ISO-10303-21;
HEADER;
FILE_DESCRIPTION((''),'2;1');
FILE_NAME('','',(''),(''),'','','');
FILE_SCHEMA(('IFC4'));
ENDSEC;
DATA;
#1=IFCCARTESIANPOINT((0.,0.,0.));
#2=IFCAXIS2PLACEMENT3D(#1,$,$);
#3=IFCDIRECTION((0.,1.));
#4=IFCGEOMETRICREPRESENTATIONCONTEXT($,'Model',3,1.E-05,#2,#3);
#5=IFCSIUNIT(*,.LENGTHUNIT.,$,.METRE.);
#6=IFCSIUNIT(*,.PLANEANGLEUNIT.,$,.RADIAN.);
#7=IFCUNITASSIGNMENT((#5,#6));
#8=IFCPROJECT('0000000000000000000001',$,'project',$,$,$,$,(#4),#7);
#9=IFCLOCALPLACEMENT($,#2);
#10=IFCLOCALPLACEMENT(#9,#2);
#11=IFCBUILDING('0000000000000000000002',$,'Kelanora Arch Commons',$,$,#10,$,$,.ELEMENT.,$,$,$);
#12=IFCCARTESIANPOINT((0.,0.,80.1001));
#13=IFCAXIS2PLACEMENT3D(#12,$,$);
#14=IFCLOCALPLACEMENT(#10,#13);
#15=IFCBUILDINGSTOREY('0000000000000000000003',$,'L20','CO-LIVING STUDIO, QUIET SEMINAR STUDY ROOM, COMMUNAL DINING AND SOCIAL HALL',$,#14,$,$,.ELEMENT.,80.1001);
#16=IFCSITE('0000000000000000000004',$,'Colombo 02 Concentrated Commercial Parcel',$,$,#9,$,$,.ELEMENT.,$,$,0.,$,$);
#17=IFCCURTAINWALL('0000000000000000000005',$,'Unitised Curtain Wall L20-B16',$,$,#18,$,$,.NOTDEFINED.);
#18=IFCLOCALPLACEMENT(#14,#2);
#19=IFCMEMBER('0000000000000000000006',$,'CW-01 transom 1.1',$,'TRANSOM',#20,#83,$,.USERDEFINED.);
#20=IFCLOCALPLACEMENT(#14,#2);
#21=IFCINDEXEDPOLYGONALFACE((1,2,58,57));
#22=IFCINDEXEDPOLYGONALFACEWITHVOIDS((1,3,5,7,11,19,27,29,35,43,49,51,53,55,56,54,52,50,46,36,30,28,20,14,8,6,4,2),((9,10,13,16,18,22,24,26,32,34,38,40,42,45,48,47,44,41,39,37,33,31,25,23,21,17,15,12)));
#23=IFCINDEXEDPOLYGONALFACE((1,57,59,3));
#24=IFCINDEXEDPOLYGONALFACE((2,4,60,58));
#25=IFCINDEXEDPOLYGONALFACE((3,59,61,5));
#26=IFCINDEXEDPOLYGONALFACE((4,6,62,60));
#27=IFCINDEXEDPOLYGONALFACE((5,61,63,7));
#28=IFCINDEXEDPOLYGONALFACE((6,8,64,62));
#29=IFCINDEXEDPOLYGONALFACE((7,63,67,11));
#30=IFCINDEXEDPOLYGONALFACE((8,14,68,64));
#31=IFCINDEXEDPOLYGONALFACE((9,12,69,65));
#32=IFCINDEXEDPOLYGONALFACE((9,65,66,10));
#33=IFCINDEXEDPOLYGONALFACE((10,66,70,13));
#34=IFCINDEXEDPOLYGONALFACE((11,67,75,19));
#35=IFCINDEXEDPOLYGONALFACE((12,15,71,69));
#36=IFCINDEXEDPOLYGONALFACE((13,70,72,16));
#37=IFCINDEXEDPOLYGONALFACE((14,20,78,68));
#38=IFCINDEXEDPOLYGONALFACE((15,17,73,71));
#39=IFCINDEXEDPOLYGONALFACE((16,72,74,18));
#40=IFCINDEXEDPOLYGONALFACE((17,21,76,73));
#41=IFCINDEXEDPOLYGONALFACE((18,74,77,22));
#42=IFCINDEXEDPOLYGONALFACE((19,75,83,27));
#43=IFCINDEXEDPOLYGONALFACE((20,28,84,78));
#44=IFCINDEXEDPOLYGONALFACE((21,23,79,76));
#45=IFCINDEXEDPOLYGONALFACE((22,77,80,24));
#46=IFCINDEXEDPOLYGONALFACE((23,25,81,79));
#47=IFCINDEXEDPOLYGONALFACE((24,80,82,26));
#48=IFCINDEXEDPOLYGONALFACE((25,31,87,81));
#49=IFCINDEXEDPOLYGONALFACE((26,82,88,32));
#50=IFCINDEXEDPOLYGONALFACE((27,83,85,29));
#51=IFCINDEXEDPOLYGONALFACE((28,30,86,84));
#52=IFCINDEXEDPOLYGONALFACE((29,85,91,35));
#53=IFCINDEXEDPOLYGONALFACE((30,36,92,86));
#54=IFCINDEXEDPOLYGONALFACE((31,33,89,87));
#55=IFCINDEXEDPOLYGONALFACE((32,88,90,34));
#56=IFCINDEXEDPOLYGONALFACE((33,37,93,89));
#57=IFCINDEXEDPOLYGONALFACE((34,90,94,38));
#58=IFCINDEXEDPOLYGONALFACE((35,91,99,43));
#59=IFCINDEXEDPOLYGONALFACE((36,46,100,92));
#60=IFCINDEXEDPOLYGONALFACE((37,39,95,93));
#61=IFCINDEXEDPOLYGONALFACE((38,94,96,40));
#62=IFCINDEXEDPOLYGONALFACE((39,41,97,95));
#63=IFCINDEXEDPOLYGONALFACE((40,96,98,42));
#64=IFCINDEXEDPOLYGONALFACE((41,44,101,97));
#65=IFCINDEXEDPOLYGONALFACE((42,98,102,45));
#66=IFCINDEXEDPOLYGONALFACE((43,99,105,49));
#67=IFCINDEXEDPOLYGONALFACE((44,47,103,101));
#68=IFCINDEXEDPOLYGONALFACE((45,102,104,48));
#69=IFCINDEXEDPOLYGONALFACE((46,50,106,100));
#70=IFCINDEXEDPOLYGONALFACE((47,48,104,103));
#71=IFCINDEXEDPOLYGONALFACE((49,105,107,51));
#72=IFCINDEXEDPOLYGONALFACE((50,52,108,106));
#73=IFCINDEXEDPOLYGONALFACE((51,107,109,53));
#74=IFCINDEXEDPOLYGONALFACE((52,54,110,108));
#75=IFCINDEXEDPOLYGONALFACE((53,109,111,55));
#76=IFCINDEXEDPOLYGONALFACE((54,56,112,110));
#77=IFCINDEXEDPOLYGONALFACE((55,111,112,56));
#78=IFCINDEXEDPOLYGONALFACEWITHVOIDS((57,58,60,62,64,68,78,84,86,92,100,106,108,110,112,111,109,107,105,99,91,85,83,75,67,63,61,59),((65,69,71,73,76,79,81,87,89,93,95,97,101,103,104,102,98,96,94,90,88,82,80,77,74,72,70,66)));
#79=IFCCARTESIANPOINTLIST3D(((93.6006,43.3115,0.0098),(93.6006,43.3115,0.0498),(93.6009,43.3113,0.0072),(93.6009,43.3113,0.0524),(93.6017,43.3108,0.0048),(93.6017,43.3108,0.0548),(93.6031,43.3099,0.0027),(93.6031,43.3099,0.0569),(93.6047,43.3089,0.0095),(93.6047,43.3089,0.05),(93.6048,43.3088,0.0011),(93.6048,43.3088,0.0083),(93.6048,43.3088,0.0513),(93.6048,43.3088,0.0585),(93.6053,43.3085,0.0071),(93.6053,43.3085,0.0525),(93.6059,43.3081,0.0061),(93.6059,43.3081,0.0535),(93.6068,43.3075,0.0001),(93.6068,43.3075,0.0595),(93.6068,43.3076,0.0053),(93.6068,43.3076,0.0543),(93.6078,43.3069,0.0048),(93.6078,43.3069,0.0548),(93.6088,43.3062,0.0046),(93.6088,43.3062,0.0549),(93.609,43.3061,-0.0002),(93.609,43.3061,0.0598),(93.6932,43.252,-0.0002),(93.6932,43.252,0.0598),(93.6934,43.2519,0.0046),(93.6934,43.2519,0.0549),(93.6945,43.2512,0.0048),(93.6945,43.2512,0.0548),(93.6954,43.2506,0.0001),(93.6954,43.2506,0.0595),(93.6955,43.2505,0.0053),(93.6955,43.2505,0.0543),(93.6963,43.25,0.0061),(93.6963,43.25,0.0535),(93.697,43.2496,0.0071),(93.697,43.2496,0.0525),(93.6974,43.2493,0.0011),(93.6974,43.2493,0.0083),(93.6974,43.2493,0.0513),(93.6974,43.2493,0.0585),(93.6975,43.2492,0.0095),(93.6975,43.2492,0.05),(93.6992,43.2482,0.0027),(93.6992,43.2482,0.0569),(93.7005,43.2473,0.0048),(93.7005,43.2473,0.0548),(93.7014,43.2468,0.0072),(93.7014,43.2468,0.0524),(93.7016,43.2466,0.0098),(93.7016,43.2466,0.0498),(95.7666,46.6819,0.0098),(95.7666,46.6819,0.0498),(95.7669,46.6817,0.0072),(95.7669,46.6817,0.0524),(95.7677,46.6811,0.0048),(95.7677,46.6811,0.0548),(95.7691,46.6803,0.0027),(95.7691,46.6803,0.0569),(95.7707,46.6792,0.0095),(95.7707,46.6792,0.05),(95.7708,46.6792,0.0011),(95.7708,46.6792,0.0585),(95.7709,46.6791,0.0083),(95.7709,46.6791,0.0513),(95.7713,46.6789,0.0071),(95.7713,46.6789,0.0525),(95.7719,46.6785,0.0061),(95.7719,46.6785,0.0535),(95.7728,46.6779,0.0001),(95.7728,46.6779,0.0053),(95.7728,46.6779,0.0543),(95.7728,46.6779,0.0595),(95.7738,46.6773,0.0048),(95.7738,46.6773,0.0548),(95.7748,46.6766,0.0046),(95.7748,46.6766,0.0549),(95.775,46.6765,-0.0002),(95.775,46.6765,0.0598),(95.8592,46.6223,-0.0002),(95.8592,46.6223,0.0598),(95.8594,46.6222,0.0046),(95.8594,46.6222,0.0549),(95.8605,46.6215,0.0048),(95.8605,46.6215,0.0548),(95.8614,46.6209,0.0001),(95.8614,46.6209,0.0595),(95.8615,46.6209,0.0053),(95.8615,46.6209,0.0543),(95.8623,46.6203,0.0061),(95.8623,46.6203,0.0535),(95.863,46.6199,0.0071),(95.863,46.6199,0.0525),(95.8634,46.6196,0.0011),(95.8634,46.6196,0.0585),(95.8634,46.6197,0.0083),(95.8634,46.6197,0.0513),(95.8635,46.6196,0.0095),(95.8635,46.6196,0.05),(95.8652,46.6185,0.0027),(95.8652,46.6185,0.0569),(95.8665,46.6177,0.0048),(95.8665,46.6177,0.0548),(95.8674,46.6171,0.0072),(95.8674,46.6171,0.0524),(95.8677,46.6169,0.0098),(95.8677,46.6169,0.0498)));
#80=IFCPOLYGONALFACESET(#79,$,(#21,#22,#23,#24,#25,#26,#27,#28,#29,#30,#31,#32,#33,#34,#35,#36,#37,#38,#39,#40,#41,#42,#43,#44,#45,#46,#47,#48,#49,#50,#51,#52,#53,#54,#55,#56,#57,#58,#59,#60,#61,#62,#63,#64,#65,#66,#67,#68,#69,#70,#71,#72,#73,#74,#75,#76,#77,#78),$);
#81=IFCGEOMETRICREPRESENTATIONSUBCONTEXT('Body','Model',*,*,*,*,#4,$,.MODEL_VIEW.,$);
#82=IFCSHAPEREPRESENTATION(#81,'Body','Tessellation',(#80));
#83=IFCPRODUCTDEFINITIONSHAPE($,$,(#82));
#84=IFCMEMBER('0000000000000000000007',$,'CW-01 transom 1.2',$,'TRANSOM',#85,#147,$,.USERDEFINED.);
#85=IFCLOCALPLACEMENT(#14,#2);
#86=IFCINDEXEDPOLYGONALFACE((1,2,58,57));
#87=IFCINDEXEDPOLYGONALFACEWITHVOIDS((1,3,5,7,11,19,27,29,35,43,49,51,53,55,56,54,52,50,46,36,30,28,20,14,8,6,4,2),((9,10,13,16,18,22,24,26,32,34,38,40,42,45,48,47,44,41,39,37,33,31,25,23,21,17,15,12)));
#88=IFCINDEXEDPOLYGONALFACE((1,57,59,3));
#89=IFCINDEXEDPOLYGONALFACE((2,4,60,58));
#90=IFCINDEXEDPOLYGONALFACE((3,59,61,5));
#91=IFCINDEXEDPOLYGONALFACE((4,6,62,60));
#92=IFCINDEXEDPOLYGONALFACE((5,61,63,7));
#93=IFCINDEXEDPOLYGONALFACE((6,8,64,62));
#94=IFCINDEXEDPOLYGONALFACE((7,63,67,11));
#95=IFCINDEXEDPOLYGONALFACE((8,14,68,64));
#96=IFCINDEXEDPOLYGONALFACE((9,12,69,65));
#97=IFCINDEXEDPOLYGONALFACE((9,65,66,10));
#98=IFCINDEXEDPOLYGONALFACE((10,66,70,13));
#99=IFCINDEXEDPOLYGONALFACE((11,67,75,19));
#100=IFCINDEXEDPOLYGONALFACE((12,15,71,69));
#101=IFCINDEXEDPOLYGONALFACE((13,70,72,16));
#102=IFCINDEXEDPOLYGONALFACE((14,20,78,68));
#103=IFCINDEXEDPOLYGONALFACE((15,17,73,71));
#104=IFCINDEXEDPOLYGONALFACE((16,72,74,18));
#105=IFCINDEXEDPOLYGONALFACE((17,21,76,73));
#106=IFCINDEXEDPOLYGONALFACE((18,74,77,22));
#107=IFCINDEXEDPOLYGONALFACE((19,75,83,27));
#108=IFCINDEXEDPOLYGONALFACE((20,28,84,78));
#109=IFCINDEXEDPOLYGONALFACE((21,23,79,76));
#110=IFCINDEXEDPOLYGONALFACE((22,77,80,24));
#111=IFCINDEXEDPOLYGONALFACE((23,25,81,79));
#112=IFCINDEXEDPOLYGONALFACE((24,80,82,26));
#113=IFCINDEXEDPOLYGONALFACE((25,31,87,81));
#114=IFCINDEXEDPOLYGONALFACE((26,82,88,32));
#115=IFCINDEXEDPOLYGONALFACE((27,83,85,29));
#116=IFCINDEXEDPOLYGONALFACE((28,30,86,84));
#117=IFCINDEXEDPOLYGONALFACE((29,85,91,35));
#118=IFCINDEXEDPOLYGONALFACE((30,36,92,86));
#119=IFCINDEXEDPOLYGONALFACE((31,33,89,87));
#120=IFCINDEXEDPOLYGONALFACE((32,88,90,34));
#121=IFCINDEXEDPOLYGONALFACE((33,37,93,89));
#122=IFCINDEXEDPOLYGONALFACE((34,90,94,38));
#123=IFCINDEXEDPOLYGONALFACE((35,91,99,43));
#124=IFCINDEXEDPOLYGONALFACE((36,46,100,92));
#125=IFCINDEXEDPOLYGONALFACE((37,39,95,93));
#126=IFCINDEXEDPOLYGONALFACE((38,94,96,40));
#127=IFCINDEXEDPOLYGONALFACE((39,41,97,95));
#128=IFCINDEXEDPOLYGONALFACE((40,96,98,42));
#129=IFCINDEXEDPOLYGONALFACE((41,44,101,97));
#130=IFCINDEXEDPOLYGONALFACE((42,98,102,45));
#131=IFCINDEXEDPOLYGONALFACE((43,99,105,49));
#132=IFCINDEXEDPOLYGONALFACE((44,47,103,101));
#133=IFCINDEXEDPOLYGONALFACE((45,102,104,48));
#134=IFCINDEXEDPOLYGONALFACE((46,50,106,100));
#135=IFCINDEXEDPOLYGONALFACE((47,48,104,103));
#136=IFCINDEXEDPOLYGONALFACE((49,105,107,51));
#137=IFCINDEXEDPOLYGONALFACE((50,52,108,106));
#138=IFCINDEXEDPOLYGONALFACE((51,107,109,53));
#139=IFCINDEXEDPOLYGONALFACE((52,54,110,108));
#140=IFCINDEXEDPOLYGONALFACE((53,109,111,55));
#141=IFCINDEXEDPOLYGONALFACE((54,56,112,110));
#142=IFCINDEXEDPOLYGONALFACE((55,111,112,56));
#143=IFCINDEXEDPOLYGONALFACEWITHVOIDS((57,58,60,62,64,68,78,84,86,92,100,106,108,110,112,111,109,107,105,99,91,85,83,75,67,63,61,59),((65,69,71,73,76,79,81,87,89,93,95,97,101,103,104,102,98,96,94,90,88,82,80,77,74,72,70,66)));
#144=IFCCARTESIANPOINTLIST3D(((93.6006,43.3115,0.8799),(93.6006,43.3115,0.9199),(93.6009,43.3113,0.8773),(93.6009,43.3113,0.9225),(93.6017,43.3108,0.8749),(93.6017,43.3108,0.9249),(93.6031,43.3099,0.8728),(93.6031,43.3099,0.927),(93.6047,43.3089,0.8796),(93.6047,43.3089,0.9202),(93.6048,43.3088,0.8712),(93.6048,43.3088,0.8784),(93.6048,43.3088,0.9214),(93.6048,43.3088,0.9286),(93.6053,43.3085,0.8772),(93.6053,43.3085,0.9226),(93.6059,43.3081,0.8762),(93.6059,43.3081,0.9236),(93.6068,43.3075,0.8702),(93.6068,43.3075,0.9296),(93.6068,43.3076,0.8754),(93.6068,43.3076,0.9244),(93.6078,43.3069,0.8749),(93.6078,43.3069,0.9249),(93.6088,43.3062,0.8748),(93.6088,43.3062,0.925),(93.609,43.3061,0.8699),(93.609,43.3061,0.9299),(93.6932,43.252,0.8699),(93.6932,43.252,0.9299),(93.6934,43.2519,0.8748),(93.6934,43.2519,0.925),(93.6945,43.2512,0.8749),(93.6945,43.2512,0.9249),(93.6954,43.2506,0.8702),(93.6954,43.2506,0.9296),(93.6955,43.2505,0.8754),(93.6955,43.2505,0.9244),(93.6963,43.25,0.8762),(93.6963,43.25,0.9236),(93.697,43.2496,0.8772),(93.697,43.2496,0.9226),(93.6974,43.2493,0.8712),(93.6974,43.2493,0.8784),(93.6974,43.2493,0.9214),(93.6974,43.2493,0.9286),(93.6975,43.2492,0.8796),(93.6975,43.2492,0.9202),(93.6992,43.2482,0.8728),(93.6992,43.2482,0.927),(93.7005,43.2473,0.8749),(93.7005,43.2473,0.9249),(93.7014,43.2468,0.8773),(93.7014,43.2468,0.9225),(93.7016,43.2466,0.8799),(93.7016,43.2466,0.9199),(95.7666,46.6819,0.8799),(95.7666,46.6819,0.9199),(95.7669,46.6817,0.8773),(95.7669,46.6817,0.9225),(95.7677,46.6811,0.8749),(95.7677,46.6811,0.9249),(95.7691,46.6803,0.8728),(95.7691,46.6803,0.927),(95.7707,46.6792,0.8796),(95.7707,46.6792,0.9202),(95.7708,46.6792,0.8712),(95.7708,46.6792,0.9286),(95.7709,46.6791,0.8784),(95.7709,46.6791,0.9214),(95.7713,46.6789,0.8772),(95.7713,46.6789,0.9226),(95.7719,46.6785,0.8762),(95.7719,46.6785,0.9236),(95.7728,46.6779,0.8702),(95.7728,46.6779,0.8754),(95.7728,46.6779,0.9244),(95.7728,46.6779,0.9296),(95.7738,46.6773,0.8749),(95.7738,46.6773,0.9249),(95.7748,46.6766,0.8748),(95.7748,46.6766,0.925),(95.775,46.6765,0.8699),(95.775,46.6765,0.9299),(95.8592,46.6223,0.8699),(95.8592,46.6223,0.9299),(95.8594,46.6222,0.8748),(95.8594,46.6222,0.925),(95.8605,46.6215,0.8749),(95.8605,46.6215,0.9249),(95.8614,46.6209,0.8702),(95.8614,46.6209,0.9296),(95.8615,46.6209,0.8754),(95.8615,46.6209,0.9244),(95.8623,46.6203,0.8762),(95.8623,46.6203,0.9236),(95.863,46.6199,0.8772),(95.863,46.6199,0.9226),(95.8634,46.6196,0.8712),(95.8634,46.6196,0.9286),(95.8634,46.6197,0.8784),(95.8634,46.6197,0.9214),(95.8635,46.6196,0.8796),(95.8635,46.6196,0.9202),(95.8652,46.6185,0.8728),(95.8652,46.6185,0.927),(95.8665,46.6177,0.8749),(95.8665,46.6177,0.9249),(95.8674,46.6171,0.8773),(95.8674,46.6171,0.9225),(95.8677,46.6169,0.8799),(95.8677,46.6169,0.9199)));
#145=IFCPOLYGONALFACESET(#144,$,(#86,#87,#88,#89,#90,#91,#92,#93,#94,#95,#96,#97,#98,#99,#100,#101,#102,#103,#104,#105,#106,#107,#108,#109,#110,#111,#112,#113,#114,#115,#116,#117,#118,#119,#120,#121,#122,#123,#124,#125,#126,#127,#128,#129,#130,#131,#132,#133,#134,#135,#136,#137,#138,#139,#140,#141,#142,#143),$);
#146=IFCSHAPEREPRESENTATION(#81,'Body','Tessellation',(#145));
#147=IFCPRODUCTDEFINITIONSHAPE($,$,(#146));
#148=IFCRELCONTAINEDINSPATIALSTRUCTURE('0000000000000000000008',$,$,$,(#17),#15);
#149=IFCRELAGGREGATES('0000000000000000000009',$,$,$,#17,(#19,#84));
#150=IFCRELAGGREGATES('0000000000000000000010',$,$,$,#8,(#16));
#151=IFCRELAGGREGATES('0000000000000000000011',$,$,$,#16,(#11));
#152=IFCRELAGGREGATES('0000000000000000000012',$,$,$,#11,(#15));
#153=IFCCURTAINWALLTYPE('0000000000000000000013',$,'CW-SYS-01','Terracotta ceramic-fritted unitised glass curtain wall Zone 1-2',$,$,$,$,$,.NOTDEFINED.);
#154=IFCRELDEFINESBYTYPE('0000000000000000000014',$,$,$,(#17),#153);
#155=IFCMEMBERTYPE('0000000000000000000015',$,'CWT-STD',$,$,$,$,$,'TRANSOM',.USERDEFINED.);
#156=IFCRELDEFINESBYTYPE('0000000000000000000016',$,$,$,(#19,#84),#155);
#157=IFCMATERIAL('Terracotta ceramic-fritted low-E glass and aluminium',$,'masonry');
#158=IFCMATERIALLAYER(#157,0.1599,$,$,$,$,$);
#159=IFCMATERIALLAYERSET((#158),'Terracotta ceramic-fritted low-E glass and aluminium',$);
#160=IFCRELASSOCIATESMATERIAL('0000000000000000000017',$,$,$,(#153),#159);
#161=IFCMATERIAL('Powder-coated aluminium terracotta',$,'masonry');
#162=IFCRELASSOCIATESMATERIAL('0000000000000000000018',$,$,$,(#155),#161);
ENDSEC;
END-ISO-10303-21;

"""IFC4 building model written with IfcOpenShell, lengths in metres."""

from ifc_helpers import new_model, si_unit, direction, frame, origin, origin_2d, place, context, subcontext, project, spatial, hollow_rectangle, extrude, material, layer, layer_set, material_profile, profile_set, type_object, element, aggregate, save


model = new_model("IFC4")

# Units and contexts
model_context = context("Model", 3, precision=1e-05, world=origin(), true_north=direction((0.0, 1.0)))
body_context = subcontext(model_context, "Body", "Model", "MODEL_VIEW")
ifc_project = project(units=[si_unit("LENGTHUNIT", "METRE"), si_unit("PLANEANGLEUNIT", "RADIAN")], contexts=[model_context])

# Site, building, storey
site_placement = place(None, origin())
site = spatial("IfcSite", under=ifc_project, at=site_placement, Name="Colombo 02 Concentrated Commercial Parcel", CompositionType="ELEMENT", RefElevation=0.0)
building_placement = place(site_placement, origin())
building = spatial("IfcBuilding", under=site, at=building_placement, Name="Kelanora Arch Commons", CompositionType="ELEMENT")
storey_placement = place(building_placement, frame((0.0, 0.0, 80.1001)))
storey = spatial("IfcBuildingStorey", under=building, at=storey_placement, Name="L20", Description="CO-LIVING STUDIO, QUIET SEMINAR STUDY ROOM, COMMUNAL DINING AND SOCIAL HALL", CompositionType="ELEMENT", Elevation=80.1001)

# Shared definitions
ifc_material_1 = material(Name="Terracotta ceramic-fritted low-E glass and aluminium", Category="masonry")
ifc_layer_1 = layer(ifc_material_1, 0.1599)
ifc_layer_set_1 = layer_set([ifc_layer_1], Name="Terracotta ceramic-fritted low-E glass and aluminium")
curtain_wall_type = type_object("IfcCurtainWallType", Name="CW-SYS-01", Description="Terracotta ceramic-fritted unitised glass curtain wall Zone 1-2", PredefinedType="NOTDEFINED", material=ifc_layer_set_1)
ifc_material_2 = material(Name="Powder-coated aluminium terracotta", Category="masonry")

# Curtain wall, members
curtain_wall_1_placement = place(storey_placement, origin())
curtain_wall_1 = element("IfcCurtainWall", 1, at=curtain_wall_1_placement, inside=storey, type_object=curtain_wall_type, Name="Unitised Curtain Wall L20-B16", PredefinedType="NOTDEFINED")
ifc_material_profile_1 = material_profile(ifc_material_2, hollow_rectangle(XDim=0.1201, YDim=0.0601, WallThickness=0.0049, InnerFilletRadius=0.0049, OuterFilletRadius=0.01, at=origin_2d()), Name="CWT120x60")
ifc_profile_set_1 = profile_set([ifc_material_profile_1], Name="Powder-coated aluminium terracotta")
member_type_1 = type_object("IfcMemberType", Name="CWT-STD", ElementType="TRANSOM", PredefinedType="USERDEFINED", material=ifc_profile_set_1)
member_1_placement = place(storey_placement, frame((93.6511, 43.2791, 0.0298), z_axis=(0.540644, 0.841252, 0.0), x_axis=(-0.841252, 0.540644, 0.0)))
member_1 = element("IfcMember", 2, at=member_1_placement, type_object=member_type_1, Name="CW-01 transom 1.1", ObjectType="TRANSOM", PredefinedType="USERDEFINED", context=body_context, shape_type="SweptSolid", body=[
    extrude(hollow_rectangle(XDim=0.1201, YDim=0.0601, WallThickness=0.0049, InnerFilletRadius=0.0049, OuterFilletRadius=0.01, at=origin_2d()), origin(), (0.0, 0.0, 1.0), 4.0063),
])
member_2_placement = place(storey_placement, frame((93.6511, 43.2791, 0.8999), z_axis=(0.540644, 0.841252, 0.0), x_axis=(-0.841252, 0.540644, 0.0)))
member_2 = element("IfcMember", 3, at=member_2_placement, type_object=member_type_1, Name="CW-01 transom 1.2", ObjectType="TRANSOM", PredefinedType="USERDEFINED", context=body_context, shape_type="SweptSolid", body=[
    extrude(hollow_rectangle(XDim=0.1201, YDim=0.0601, WallThickness=0.0049, InnerFilletRadius=0.0049, OuterFilletRadius=0.01, at=origin_2d()), origin(), (0.0, 0.0, 1.0), 4.0063),
])
aggregate(curtain_wall_1, [member_1, member_2])

save(model, "model.ifc")
